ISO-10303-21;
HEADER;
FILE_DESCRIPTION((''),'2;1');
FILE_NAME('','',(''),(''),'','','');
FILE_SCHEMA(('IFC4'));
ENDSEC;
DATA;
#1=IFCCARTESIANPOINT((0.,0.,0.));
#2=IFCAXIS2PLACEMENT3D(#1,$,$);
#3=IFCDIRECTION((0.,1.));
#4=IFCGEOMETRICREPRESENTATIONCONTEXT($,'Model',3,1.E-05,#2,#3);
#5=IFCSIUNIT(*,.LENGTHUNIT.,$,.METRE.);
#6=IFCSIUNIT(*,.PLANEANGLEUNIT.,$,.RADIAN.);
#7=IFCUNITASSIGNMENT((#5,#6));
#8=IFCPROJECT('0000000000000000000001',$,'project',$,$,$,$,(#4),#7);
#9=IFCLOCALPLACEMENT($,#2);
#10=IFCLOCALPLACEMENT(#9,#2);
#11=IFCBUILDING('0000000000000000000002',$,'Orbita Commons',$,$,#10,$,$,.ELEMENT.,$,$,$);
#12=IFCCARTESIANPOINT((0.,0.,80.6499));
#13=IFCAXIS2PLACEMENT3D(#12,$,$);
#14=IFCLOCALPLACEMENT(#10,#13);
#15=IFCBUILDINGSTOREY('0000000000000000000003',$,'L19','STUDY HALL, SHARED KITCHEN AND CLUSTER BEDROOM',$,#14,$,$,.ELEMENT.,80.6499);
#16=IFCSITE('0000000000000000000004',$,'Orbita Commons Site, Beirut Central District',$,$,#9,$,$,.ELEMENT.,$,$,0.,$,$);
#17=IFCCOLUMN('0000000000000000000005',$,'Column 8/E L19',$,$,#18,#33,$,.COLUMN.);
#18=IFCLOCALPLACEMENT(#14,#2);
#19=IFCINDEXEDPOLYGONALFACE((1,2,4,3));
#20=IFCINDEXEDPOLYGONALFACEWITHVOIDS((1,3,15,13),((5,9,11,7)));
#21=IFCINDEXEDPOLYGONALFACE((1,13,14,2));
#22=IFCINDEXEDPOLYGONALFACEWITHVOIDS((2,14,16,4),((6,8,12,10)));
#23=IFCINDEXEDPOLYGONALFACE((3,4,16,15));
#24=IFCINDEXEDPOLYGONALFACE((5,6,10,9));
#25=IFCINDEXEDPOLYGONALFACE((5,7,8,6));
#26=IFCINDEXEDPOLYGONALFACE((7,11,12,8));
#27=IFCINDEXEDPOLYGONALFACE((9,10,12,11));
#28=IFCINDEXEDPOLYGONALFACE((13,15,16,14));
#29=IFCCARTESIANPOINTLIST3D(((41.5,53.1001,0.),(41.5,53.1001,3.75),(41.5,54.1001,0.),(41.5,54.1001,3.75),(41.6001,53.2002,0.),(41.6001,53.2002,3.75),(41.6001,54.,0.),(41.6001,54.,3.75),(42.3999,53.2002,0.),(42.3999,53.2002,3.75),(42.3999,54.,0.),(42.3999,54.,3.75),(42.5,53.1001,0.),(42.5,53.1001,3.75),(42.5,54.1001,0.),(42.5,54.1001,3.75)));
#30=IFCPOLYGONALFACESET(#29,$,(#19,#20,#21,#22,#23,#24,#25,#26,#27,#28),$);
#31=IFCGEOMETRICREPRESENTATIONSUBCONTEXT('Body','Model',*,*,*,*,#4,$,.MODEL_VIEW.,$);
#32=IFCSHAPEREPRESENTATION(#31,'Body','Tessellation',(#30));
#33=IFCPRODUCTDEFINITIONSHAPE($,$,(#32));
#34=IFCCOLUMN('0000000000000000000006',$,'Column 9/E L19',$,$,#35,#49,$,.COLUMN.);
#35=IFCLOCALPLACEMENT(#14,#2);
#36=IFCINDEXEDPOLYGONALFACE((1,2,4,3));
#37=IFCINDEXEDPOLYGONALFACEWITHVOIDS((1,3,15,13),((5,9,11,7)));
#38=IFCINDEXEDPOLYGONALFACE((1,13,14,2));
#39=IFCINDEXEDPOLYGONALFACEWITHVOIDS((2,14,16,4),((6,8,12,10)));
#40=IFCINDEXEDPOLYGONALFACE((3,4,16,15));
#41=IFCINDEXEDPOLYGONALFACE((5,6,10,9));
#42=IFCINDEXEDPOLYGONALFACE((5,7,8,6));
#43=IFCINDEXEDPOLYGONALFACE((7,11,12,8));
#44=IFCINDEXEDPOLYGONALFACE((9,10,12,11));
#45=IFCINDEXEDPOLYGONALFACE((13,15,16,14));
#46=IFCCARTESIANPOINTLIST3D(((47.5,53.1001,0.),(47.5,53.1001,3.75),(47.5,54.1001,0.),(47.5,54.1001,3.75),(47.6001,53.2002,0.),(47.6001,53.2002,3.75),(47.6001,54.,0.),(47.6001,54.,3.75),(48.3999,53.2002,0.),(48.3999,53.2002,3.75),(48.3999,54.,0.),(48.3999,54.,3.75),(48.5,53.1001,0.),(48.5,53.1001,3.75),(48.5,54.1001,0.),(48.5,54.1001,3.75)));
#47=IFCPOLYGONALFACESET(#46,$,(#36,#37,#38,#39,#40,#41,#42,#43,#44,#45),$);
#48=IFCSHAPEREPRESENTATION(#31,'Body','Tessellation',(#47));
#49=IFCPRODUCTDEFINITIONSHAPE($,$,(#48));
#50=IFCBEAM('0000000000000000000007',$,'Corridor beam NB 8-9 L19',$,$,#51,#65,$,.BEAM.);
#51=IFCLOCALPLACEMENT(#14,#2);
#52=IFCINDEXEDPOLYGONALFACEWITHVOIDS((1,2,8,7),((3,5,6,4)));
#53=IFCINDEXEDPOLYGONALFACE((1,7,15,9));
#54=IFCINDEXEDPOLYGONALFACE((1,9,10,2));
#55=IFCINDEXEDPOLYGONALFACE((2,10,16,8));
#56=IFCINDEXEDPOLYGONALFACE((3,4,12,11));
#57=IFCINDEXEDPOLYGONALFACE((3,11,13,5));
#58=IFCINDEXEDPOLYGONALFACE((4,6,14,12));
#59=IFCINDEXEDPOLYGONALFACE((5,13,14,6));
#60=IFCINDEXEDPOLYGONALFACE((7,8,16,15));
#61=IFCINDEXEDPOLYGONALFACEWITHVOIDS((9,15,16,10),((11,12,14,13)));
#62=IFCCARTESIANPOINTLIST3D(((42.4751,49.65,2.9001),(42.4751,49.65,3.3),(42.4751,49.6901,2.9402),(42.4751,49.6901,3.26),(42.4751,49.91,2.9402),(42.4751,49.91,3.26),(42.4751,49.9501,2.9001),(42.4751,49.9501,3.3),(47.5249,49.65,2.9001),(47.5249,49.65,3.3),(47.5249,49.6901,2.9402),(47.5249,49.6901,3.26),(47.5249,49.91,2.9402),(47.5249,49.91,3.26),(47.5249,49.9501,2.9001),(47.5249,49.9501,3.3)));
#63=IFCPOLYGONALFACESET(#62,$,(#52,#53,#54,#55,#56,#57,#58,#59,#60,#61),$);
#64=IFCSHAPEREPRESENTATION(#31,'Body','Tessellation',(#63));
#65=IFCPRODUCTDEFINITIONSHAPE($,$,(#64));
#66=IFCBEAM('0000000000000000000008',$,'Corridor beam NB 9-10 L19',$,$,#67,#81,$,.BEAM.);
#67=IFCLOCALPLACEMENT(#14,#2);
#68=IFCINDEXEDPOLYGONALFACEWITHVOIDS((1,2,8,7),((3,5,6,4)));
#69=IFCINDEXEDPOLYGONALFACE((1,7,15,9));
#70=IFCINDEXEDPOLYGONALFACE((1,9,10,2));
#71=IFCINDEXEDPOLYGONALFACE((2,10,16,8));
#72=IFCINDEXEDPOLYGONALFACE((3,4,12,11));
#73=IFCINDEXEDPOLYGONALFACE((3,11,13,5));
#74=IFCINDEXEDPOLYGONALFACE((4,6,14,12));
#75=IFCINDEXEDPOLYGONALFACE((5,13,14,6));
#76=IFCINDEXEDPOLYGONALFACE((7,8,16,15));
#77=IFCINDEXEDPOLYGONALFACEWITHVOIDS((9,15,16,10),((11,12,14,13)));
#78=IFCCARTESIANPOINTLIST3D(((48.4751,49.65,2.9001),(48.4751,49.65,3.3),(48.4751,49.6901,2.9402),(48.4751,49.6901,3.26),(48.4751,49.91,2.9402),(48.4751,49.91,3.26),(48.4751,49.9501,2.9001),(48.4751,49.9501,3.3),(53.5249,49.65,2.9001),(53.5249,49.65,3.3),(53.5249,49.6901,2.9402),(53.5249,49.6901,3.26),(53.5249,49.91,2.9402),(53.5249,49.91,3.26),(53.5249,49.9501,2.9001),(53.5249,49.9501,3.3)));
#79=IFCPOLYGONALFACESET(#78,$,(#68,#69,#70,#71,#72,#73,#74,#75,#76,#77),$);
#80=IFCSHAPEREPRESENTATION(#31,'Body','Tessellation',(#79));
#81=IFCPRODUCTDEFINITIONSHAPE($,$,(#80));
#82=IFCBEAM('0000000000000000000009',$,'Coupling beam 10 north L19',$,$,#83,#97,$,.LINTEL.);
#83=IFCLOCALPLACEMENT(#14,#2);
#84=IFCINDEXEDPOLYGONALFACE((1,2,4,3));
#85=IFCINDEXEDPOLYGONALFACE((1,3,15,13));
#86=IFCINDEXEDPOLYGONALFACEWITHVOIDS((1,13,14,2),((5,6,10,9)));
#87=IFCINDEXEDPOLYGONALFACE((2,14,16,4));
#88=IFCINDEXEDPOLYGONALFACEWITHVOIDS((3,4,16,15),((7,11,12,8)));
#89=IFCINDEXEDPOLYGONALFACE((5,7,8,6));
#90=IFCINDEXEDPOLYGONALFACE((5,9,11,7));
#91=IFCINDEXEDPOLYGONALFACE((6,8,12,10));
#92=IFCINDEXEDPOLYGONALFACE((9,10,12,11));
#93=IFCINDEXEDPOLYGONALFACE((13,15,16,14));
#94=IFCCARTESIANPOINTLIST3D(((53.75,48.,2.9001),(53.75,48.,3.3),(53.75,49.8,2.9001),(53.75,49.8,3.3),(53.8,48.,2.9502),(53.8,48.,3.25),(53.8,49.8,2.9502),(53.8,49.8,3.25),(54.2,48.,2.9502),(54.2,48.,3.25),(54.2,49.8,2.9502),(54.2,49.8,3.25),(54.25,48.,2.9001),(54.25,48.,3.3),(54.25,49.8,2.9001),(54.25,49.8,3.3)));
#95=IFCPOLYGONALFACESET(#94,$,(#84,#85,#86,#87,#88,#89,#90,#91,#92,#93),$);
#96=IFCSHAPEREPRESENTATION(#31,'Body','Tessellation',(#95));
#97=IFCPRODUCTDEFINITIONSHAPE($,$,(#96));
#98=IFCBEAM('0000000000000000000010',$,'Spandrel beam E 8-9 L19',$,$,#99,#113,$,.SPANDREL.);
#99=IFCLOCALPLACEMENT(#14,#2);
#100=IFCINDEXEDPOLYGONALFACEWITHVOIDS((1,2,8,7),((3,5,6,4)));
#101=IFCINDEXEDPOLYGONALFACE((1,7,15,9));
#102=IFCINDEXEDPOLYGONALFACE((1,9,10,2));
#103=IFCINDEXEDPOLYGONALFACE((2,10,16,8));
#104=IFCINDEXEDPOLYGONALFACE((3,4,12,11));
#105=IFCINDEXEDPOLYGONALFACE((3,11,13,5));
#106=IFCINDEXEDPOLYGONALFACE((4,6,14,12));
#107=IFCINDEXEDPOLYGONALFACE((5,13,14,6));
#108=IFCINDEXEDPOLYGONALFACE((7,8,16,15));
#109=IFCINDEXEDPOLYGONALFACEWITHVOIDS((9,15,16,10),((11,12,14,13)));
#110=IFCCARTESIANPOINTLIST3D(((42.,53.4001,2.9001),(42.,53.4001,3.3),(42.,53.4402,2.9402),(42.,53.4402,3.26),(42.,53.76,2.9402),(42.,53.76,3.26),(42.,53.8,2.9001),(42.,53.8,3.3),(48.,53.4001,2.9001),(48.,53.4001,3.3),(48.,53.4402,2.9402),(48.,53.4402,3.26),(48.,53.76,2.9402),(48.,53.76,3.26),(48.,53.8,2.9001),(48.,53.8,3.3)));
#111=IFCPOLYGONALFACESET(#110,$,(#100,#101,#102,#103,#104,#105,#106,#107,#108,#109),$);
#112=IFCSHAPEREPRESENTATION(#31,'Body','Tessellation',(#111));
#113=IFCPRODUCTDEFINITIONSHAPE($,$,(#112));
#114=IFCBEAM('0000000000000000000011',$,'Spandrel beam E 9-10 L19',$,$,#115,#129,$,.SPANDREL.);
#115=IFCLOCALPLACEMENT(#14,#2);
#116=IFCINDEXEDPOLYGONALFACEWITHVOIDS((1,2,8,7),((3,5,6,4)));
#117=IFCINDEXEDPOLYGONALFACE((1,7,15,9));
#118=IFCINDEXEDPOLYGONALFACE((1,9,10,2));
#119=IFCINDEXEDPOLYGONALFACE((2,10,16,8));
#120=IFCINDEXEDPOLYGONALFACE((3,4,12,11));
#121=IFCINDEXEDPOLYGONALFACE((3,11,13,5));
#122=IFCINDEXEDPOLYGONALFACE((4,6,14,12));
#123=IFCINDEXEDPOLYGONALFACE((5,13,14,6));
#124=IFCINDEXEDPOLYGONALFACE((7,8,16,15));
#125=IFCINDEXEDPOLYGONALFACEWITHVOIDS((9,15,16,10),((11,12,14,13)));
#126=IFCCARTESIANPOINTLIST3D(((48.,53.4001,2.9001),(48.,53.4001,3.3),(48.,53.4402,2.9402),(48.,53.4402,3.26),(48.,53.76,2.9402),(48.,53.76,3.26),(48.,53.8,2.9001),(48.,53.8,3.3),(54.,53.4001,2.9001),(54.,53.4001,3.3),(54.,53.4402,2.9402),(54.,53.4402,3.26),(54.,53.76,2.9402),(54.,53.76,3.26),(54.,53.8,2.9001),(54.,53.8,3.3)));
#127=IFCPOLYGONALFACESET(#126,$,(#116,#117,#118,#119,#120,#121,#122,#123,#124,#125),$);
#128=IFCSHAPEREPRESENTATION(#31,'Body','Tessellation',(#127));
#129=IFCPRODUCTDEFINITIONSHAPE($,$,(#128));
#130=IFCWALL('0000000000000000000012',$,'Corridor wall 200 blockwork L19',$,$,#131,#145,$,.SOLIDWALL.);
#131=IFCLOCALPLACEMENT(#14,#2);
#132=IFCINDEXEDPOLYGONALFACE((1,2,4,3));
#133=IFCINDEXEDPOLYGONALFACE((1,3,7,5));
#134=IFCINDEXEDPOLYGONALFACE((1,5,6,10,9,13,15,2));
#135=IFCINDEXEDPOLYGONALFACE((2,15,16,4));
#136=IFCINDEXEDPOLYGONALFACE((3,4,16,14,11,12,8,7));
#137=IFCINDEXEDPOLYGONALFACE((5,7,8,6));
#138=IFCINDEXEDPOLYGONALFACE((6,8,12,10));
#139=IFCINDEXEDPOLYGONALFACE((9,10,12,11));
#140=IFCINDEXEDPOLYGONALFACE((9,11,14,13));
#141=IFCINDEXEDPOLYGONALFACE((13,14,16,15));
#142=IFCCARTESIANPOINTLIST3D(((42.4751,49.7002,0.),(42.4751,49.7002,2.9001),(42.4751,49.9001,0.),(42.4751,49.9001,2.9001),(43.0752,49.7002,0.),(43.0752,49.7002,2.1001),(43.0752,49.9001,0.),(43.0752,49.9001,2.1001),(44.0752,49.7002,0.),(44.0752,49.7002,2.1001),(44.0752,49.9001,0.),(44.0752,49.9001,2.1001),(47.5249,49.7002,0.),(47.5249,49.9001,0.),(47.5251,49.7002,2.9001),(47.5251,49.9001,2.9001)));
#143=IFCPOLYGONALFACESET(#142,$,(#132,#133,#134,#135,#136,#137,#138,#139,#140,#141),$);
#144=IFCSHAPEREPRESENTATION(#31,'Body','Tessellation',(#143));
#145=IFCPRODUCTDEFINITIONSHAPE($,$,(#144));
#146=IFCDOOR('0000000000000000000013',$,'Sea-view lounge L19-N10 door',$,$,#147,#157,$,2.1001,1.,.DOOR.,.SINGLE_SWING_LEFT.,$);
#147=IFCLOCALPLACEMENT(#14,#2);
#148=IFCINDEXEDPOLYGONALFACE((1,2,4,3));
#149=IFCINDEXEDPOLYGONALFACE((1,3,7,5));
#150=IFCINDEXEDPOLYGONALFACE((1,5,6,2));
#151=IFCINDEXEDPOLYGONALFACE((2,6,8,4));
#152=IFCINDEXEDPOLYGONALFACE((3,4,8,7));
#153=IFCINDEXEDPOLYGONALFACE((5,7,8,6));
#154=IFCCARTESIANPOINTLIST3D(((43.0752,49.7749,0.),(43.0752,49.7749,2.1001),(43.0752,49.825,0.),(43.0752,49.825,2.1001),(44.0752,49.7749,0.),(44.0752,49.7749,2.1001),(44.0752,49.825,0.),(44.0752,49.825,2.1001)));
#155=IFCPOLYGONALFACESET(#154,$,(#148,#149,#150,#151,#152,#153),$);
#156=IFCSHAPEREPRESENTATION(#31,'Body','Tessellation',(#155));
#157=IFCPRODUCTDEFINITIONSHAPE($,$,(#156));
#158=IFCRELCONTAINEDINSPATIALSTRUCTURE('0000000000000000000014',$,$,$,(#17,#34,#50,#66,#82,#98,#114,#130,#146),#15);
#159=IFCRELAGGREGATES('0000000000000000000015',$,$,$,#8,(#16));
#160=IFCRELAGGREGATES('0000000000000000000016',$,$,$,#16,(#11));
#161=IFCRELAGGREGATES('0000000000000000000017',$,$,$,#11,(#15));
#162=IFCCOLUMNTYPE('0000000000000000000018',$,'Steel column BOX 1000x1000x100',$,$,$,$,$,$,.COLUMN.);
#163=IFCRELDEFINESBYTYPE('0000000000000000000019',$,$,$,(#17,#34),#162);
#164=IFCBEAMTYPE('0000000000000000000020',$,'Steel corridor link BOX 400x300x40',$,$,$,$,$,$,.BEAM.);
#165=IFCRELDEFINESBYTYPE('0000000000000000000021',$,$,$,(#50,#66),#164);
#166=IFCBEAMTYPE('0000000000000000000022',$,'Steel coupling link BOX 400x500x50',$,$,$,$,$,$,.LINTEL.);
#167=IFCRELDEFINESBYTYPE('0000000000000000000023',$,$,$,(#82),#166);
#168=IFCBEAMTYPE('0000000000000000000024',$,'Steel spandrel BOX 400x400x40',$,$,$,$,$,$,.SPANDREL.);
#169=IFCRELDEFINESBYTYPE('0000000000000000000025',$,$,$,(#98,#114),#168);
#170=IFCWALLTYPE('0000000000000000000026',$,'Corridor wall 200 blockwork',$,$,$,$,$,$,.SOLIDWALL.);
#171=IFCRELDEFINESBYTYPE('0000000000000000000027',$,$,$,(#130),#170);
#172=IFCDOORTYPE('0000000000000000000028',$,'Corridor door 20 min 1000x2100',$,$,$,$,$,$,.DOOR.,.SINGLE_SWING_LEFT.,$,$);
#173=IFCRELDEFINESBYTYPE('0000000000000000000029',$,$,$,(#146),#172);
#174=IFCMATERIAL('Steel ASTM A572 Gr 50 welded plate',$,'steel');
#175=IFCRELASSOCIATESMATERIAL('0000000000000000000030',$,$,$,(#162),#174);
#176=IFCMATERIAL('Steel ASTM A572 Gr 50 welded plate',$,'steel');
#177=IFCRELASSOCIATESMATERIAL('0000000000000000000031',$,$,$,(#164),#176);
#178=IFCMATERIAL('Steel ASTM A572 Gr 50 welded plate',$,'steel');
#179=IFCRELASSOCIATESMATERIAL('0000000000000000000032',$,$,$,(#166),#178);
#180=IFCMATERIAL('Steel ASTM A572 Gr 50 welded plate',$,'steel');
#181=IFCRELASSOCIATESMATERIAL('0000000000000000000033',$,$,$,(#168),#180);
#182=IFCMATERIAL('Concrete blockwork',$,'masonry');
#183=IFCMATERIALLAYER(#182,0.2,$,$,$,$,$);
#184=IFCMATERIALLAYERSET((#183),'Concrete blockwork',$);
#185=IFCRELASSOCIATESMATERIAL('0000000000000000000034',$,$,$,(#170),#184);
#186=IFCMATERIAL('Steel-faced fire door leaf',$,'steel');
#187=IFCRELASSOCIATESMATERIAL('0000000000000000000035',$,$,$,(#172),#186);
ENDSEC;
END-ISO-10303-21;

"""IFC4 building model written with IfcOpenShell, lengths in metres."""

from ifc_helpers import new_model, si_unit, direction, frame, frame_2d, origin, origin_2d, place, context, subcontext, project, spatial, polyline, rectangle, hollow_rectangle, outline, extrude, material, layer, layer_set, material_profile, profile_set, type_object, element, fill, save


model = new_model("IFC4")

# Units and contexts
model_context = context("Model", 3, precision=1e-05, world=origin(), true_north=direction((0.0, 1.0)))
body_context = subcontext(model_context, "Body", "Model", "MODEL_VIEW")
ifc_project = project(units=[si_unit("LENGTHUNIT", "METRE"), si_unit("PLANEANGLEUNIT", "RADIAN")], contexts=[model_context])

# Site, building, storey
site_placement = place(None, origin())
site = spatial("IfcSite", under=ifc_project, at=site_placement, Name="Orbita Commons Site, Beirut Central District", CompositionType="ELEMENT", RefElevation=0.0)
building_placement = place(site_placement, origin())
building = spatial("IfcBuilding", under=site, at=building_placement, Name="Orbita Commons", CompositionType="ELEMENT")
storey_placement = place(building_placement, frame((0.0, 0.0, 80.6499)))
storey = spatial("IfcBuildingStorey", under=building, at=storey_placement, Name="L19", Description="STUDY HALL, SHARED KITCHEN AND CLUSTER BEDROOM", CompositionType="ELEMENT", Elevation=80.6499)

# Columns
ifc_material_1 = material(Name="Steel ASTM A572 Gr 50 welded plate", Category="steel")
ifc_material_profile_1 = material_profile(ifc_material_1, hollow_rectangle(XDim=1.0, YDim=1.0, WallThickness=0.1001, at=origin_2d()), Name="BOX 1000x1000x100")
ifc_profile_set_1 = profile_set([ifc_material_profile_1], Name="Steel ASTM A572 Gr 50 welded plate")
column_type = type_object("IfcColumnType", Name="Steel column BOX 1000x1000x100", PredefinedType="COLUMN", material=ifc_profile_set_1)
for number, where, z_axis, x_axis, name in (
    (1, (42.0, 53.6001, 0.0), (0.0, 0.0, 1.0), (1.0, 0.0, 0.0), "Column 8/E L19"),
    (2, (48.0, 53.6001, 0.0), (0.0, 0.0, 1.0), (1.0, 0.0, 0.0), "Column 9/E L19"),
):
    element("IfcColumn", number, at=place(storey_placement, frame(where, z_axis=z_axis, x_axis=x_axis)), inside=storey, type_object=column_type, Name=name, PredefinedType="COLUMN", context=body_context, shape_type="SweptSolid", body=[
        extrude(hollow_rectangle(XDim=1.0, YDim=1.0, WallThickness=0.1001, at=origin_2d()), origin(), (0.0, 0.0, 1.0), 3.75),
    ])

# Beams
ifc_material_2 = material(Name="Steel ASTM A572 Gr 50 welded plate", Category="steel")
ifc_material_profile_2 = material_profile(ifc_material_2, hollow_rectangle(XDim=0.3, YDim=0.3999, WallThickness=0.04, at=origin_2d()), Name="BOX 400x300x40")
ifc_profile_set_2 = profile_set([ifc_material_profile_2], Name="Steel ASTM A572 Gr 50 welded plate")
beam_type_1 = type_object("IfcBeamType", Name="Steel corridor link BOX 400x300x40", PredefinedType="BEAM", material=ifc_profile_set_2)
for number, where, z_axis, x_axis, name in (
    (3, (42.4751, 49.8, 3.1001), (1.0, 0.0, 0.0), (0.0, 1.0, 0.0), "Corridor beam NB 8-9 L19"),
    (4, (48.4751, 49.8, 3.1001), (1.0, 0.0, 0.0), (0.0, 1.0, 0.0), "Corridor beam NB 9-10 L19"),
):
    element("IfcBeam", number, at=place(storey_placement, frame(where, z_axis=z_axis, x_axis=x_axis)), inside=storey, type_object=beam_type_1, Name=name, PredefinedType="BEAM", context=body_context, shape_type="SweptSolid", body=[
        extrude(hollow_rectangle(XDim=0.3, YDim=0.3999, WallThickness=0.04, at=origin_2d()), origin(), (0.0, 0.0, 1.0), 5.0498),
    ])
ifc_material_3 = material(Name="Steel ASTM A572 Gr 50 welded plate", Category="steel")
ifc_material_profile_3 = material_profile(ifc_material_3, hollow_rectangle(XDim=0.5, YDim=0.3999, WallThickness=0.05, at=origin_2d()), Name="BOX 400x500x50")
ifc_profile_set_3 = profile_set([ifc_material_profile_3], Name="Steel ASTM A572 Gr 50 welded plate")
beam_type_2 = type_object("IfcBeamType", Name="Steel coupling link BOX 400x500x50", PredefinedType="LINTEL", material=ifc_profile_set_3)
beam_placement = place(storey_placement, frame((54.0, 48.0, 3.1001), z_axis=(0.0, 1.0, 0.0), x_axis=(-1.0, 0.0, 0.0)))
element("IfcBeam", 5, at=beam_placement, inside=storey, type_object=beam_type_2, Name="Coupling beam 10 north L19", PredefinedType="LINTEL", context=body_context, shape_type="SweptSolid", body=[
    extrude(hollow_rectangle(XDim=0.5, YDim=0.3999, WallThickness=0.05, at=origin_2d()), origin(), (0.0, 0.0, 1.0), 1.8),
])
ifc_material_4 = material(Name="Steel ASTM A572 Gr 50 welded plate", Category="steel")
ifc_material_profile_4 = material_profile(ifc_material_4, hollow_rectangle(XDim=0.3999, YDim=0.3999, WallThickness=0.04, at=origin_2d()), Name="BOX 400x400x40")
ifc_profile_set_4 = profile_set([ifc_material_profile_4], Name="Steel ASTM A572 Gr 50 welded plate")
beam_type_3 = type_object("IfcBeamType", Name="Steel spandrel BOX 400x400x40", PredefinedType="SPANDREL", material=ifc_profile_set_4)
for number, where, z_axis, x_axis, name in (
    (6, (42.0, 53.6001, 3.1001), (1.0, 0.0, 0.0), (0.0, 1.0, 0.0), "Spandrel beam E 8-9 L19"),
    (7, (48.0, 53.6001, 3.1001), (1.0, 0.0, 0.0), (0.0, 1.0, 0.0), "Spandrel beam E 9-10 L19"),
):
    element("IfcBeam", number, at=place(storey_placement, frame(where, z_axis=z_axis, x_axis=x_axis)), inside=storey, type_object=beam_type_3, Name=name, PredefinedType="SPANDREL", context=body_context, shape_type="SweptSolid", body=[
        extrude(hollow_rectangle(XDim=0.3999, YDim=0.3999, WallThickness=0.04, at=origin_2d()), origin(), (0.0, 0.0, 1.0), 6.0),
    ])

# Wall, opening, door
ifc_material_5 = material(Name="Concrete blockwork", Category="masonry")
ifc_layer_1 = layer(ifc_material_5, 0.2)
ifc_layer_set_1 = layer_set([ifc_layer_1], Name="Concrete blockwork")
wall_type_1 = type_object("IfcWallType", Name="Corridor wall 200 blockwork", PredefinedType="SOLIDWALL", material=ifc_layer_set_1)
wall_1_placement = place(storey_placement, frame((42.4751, 49.8, 0.0), z_axis=(0.0, 0.0, 1.0), x_axis=(1.0, 0.0, 0.0)))
wall_1 = element("IfcWall", 8, at=wall_1_placement, inside=storey, type_object=wall_type_1, Name="Corridor wall 200 blockwork L19", PredefinedType="SOLIDWALL", context=body_context, shape_type="SweptSolid", body=[
    extrude(outline(polyline([(0.0, 0.0), (5.0498, 0.0), (5.05, 2.9001), (0.0, 2.9001), (0.0, 0.0)])), frame((0.0, 0.1001, 0.0), z_axis=(0.0, -1.0, 0.0), x_axis=(1.0, 0.0, 0.0)), (0.0, 0.0, 1.0), 0.2),
])
opening_1_placement = place(wall_1_placement, frame((0.6001, 0.0, 0.0)))
opening_1 = element("IfcOpeningElement", 9, at=opening_1_placement, cuts=wall_1, PredefinedType="OPENING", context=body_context, shape_type="SweptSolid", body=[
    extrude(rectangle(XDim=1.0, YDim=2.1001, at=frame_2d((0.5, 1.05))), frame((0.0, 0.1099, 0.0), z_axis=(0.0, -1.0, 0.0), x_axis=(1.0, 0.0, 0.0)), (0.0, 0.0, 1.0), 0.22),
])
ifc_material_6 = material(Name="Steel-faced fire door leaf", Category="steel")
door_type_1 = type_object("IfcDoorType", Name="Corridor door 20 min 1000x2100", OperationType="SINGLE_SWING_LEFT", PredefinedType="DOOR", material=ifc_material_6)
door_1_placement = place(opening_1_placement, origin())
door_1 = element("IfcDoor", 10, at=door_1_placement, inside=storey, type_object=door_type_1, Name="Sea-view lounge L19-N10 door", OperationType="SINGLE_SWING_LEFT", OverallHeight=2.1001, OverallWidth=1.0, PredefinedType="DOOR", context=body_context, shape_type="SweptSolid", body=[
    extrude(rectangle(XDim=1.0, YDim=2.1001, at=frame_2d((0.5, 1.05))), frame((0.0, 0.0249, 0.0), z_axis=(0.0, -1.0, 0.0), x_axis=(1.0, 0.0, 0.0)), (0.0, 0.0, 1.0), 0.05),
])
fill(opening_1, door_1)

save(model, "model.ifc")
